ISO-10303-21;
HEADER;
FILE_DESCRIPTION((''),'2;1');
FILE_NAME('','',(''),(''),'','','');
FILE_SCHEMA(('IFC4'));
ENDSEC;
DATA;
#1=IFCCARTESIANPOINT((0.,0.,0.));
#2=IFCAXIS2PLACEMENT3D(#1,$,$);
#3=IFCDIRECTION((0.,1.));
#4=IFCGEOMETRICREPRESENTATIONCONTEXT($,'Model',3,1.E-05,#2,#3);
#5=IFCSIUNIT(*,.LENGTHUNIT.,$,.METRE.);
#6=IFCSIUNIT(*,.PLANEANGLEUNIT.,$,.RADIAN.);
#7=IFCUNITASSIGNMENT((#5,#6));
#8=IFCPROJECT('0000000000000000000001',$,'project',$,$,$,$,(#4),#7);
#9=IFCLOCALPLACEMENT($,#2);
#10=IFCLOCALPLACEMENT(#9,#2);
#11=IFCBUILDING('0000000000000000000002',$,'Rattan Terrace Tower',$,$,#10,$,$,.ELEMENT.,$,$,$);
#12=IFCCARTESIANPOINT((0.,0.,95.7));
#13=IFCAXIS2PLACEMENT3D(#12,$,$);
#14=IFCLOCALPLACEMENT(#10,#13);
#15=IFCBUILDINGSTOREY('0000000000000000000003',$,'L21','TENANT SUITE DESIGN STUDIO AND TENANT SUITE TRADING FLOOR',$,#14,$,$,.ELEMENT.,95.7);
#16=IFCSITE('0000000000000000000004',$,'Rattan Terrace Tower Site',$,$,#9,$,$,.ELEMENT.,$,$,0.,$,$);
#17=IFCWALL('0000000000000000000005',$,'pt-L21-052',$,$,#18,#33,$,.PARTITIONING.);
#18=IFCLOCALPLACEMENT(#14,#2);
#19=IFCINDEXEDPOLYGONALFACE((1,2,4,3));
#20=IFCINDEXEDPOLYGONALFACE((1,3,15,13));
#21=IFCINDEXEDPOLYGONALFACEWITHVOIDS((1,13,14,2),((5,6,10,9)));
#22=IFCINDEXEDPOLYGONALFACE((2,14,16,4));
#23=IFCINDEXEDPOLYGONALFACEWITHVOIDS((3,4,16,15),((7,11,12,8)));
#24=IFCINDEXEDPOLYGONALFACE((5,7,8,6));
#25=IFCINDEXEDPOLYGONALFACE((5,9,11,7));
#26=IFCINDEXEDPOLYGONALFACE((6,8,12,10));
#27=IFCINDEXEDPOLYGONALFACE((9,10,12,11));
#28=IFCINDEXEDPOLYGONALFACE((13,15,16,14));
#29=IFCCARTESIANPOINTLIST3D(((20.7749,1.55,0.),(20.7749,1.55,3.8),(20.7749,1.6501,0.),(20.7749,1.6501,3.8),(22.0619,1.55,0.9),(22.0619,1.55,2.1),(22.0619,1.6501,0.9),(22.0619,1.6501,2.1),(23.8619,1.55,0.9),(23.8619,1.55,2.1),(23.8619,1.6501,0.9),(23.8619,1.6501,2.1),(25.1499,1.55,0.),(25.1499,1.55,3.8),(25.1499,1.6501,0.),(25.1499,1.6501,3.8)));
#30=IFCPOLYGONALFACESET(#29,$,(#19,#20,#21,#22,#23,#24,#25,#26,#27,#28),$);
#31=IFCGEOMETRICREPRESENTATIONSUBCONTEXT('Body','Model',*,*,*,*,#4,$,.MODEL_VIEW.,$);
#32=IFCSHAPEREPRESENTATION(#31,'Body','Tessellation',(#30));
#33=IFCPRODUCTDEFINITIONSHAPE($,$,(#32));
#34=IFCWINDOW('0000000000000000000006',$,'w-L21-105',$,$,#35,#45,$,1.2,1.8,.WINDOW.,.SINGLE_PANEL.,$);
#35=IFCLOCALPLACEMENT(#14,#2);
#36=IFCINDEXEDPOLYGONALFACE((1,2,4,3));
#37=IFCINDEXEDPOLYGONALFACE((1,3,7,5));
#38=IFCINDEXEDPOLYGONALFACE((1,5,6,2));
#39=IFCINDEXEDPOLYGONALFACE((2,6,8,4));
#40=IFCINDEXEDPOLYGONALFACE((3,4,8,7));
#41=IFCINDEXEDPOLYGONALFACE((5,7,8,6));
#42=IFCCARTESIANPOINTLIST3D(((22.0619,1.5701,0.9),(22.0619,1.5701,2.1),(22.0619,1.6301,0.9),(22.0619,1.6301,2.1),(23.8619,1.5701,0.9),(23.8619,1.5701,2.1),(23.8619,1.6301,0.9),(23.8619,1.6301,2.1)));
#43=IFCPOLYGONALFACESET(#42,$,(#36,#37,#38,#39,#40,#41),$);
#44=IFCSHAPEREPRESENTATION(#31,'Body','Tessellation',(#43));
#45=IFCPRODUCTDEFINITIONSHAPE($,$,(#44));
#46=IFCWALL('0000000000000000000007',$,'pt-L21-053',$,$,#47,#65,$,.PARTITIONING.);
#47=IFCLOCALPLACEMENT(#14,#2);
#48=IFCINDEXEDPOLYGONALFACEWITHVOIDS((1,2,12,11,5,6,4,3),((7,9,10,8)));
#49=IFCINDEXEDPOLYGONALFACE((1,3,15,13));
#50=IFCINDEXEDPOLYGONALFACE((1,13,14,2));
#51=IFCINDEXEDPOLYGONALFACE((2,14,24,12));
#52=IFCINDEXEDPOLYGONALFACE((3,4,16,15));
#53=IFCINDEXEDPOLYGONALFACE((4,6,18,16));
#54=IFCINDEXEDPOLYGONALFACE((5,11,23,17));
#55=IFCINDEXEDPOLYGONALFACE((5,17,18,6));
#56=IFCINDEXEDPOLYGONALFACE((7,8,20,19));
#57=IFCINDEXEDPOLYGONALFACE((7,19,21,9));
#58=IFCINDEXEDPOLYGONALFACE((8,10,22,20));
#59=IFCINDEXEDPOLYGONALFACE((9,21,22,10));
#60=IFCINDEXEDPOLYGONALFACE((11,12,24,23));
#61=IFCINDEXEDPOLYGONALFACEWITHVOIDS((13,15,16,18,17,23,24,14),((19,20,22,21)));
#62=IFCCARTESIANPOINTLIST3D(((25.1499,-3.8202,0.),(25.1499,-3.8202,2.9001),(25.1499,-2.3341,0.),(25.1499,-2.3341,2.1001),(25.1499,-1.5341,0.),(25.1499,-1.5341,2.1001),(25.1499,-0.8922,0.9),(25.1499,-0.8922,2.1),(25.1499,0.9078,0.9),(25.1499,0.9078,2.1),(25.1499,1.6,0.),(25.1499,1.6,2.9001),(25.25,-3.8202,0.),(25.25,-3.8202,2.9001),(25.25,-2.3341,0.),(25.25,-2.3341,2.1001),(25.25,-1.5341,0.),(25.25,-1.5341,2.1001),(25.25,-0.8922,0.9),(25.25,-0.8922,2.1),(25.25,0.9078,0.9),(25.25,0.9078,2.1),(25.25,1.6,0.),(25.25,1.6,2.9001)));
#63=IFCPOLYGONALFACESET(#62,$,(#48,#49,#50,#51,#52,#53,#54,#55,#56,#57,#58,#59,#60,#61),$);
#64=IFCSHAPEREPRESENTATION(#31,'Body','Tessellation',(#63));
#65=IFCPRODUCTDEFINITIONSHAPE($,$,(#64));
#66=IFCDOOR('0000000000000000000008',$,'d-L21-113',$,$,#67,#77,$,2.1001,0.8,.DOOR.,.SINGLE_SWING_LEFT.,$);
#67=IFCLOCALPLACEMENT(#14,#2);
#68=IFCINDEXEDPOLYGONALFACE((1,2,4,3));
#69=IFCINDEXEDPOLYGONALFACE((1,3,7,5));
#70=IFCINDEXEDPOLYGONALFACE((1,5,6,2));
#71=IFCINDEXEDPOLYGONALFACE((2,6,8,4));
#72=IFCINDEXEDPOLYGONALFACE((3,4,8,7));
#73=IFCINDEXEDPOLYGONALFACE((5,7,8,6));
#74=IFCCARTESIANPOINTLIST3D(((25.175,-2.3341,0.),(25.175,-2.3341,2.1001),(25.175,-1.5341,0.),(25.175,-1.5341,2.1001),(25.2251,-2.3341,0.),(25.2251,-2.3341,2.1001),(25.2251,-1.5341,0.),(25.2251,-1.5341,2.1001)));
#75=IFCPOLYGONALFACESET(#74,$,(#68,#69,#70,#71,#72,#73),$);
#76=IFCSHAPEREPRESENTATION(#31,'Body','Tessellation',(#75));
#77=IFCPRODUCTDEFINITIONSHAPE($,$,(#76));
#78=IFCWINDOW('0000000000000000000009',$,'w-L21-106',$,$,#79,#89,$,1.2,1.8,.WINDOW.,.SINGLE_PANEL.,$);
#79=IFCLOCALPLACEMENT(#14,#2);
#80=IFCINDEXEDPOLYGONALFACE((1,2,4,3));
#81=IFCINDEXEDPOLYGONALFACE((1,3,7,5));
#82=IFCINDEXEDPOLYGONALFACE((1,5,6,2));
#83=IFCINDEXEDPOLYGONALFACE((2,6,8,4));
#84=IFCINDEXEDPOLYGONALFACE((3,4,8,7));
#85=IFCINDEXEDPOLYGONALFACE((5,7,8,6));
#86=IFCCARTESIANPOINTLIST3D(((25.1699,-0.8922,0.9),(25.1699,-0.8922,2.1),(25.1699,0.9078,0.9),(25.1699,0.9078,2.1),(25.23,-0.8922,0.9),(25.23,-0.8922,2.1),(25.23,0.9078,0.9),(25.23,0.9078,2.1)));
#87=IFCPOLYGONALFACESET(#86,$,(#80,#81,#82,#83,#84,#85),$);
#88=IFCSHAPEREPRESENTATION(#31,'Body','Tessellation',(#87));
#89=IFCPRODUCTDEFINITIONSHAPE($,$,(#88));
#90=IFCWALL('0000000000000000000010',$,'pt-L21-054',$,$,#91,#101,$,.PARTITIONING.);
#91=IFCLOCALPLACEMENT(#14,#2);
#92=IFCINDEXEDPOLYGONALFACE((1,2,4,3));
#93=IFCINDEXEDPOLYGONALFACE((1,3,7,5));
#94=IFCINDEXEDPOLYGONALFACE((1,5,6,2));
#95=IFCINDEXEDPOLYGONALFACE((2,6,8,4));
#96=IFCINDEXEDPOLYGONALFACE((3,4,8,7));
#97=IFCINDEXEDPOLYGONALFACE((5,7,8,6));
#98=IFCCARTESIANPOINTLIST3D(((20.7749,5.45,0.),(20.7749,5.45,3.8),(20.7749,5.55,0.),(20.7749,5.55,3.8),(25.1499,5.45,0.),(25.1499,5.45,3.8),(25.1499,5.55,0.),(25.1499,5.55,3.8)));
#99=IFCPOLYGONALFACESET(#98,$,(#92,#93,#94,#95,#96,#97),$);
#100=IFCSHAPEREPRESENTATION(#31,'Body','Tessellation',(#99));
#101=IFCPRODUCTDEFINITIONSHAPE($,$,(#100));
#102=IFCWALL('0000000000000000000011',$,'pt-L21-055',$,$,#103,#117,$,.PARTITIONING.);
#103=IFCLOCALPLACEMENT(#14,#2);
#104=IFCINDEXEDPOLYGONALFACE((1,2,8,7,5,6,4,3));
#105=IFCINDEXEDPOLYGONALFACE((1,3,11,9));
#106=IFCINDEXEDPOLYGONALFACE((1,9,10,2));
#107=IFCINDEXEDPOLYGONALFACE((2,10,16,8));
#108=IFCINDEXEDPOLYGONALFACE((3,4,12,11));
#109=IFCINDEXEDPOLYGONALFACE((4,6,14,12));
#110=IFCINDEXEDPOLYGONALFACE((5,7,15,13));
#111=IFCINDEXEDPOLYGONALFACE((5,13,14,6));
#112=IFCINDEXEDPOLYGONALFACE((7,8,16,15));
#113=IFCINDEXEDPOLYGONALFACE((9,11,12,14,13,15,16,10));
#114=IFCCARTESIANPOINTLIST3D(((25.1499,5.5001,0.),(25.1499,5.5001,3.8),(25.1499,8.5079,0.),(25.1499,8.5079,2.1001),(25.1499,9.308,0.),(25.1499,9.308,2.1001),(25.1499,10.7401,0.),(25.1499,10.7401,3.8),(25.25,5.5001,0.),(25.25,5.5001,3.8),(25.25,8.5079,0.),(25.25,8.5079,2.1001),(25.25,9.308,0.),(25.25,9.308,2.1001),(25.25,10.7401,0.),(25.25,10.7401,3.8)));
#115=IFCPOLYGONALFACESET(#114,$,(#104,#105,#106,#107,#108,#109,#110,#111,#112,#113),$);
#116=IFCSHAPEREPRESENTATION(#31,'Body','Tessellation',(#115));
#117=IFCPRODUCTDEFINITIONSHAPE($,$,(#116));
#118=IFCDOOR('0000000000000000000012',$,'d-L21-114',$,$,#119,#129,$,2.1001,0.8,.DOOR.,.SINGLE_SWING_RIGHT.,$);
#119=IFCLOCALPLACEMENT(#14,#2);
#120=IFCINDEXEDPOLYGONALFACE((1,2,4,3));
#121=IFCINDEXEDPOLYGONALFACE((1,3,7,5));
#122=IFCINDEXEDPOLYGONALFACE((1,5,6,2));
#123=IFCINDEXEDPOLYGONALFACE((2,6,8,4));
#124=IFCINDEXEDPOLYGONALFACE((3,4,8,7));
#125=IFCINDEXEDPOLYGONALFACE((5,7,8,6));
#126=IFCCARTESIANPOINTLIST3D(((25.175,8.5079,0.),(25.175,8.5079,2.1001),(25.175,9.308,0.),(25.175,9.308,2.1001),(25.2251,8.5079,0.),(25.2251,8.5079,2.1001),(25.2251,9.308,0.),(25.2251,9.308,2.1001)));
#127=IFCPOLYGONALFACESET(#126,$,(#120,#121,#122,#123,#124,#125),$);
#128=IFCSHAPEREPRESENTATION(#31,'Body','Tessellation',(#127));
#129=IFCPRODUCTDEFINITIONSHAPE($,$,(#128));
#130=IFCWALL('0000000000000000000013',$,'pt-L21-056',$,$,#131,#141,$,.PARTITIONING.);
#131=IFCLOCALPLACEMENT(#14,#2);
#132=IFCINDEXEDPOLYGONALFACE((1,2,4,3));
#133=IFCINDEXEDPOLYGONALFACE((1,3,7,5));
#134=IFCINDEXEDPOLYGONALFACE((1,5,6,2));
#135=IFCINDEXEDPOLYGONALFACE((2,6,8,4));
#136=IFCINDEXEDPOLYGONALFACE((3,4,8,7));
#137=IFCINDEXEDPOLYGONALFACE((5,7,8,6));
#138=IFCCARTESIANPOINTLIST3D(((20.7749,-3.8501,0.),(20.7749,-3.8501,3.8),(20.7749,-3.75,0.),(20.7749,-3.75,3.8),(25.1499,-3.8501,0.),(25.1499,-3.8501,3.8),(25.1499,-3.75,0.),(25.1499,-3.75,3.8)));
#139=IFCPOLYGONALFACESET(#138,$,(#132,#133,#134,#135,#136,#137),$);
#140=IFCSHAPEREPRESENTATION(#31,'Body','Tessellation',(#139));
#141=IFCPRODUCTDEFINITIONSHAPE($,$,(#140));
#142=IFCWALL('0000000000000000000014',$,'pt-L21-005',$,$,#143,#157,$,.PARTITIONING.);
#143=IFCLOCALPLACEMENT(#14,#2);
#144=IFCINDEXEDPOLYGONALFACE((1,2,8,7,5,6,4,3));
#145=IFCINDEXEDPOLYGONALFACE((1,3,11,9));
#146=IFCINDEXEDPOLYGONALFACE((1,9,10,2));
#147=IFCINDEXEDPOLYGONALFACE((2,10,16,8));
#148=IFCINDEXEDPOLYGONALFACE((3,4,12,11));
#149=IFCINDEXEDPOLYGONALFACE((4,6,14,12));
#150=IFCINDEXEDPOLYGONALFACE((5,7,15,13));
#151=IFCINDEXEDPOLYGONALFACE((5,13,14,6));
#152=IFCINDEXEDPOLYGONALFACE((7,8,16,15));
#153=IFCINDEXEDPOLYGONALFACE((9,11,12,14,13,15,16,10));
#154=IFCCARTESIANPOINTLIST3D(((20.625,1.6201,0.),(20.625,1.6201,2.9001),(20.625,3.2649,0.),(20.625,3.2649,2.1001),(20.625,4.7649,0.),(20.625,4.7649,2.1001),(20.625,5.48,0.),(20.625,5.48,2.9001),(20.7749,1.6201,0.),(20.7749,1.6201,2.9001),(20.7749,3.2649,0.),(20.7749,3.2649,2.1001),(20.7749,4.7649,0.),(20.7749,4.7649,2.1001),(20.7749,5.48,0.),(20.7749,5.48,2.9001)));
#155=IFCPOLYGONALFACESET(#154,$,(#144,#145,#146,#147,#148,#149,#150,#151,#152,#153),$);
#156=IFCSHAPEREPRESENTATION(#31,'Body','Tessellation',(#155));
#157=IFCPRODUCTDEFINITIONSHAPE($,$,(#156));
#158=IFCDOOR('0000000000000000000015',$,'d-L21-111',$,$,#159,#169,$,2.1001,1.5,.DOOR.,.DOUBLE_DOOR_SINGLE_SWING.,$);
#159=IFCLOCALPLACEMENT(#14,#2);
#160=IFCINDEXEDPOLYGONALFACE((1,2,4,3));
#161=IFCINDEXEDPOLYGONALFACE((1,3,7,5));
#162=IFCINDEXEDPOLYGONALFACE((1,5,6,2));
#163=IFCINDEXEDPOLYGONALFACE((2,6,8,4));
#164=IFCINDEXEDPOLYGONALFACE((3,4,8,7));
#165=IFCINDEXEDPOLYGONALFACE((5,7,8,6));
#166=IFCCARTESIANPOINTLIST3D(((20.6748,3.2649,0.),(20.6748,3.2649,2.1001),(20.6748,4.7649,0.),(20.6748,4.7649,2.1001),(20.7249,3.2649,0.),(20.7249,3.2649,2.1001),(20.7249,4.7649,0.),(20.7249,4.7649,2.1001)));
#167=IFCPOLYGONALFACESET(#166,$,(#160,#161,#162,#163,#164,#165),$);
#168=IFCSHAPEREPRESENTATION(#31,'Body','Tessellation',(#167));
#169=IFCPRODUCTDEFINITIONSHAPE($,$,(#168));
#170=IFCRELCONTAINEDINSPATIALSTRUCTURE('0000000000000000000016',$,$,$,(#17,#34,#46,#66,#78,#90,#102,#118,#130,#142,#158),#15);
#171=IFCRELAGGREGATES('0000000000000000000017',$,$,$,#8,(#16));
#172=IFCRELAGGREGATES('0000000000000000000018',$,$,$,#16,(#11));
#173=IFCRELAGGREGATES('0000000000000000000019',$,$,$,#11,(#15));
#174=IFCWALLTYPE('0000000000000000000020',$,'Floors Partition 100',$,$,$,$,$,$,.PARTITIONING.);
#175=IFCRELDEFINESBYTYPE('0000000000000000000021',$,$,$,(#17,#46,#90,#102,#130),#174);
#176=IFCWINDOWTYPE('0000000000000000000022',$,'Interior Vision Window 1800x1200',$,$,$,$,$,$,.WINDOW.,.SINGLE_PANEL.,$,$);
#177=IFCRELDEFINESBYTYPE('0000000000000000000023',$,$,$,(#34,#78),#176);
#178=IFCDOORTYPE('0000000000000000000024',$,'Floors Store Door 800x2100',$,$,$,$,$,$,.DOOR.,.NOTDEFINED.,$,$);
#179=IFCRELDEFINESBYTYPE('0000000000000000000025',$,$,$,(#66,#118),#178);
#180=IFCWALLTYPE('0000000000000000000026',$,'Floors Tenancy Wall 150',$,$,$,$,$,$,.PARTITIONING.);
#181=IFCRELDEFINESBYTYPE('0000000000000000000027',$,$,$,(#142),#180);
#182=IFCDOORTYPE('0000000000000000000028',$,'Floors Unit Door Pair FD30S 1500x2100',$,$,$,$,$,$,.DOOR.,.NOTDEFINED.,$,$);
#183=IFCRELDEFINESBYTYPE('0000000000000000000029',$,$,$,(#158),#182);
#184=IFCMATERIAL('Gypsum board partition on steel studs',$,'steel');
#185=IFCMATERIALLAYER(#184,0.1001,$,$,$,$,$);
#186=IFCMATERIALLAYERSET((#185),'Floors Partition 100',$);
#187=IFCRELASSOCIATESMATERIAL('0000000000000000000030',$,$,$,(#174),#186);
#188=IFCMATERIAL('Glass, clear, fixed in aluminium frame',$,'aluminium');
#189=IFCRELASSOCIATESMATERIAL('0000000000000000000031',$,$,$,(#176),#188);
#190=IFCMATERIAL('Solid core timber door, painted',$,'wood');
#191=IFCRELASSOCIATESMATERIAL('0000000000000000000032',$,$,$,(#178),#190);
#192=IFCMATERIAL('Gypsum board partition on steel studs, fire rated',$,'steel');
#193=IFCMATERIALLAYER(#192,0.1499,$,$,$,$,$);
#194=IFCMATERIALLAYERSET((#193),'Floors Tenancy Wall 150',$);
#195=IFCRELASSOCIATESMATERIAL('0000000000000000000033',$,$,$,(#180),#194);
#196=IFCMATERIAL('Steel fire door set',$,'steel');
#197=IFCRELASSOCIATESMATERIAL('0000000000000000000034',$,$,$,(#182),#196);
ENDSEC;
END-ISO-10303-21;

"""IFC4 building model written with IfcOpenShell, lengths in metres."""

from ifc_helpers import new_model, si_unit, direction, frame, frame_2d, origin, place, context, subcontext, project, spatial, rectangle, extrude, material, layer, layer_set, type_object, element, fill, save


model = new_model("IFC4")

# Units and contexts
model_context = context("Model", 3, precision=1e-05, world=origin(), true_north=direction((0.0, 1.0)))
body_context = subcontext(model_context, "Body", "Model", "MODEL_VIEW")
ifc_project = project(units=[si_unit("LENGTHUNIT", "METRE"), si_unit("PLANEANGLEUNIT", "RADIAN")], contexts=[model_context])

# Site, building, storey
site_placement = place(None, origin())
site = spatial("IfcSite", under=ifc_project, at=site_placement, Name="Rattan Terrace Tower Site", CompositionType="ELEMENT", RefElevation=0.0)
building_placement = place(site_placement, origin())
building = spatial("IfcBuilding", under=site, at=building_placement, Name="Rattan Terrace Tower", CompositionType="ELEMENT")
storey_placement = place(building_placement, frame((0.0, 0.0, 95.7)))
storey = spatial("IfcBuildingStorey", under=building, at=storey_placement, Name="L21", Description="TENANT SUITE DESIGN STUDIO AND TENANT SUITE TRADING FLOOR", CompositionType="ELEMENT", Elevation=95.7)

# Wall, opening, window
ifc_material_1 = material(Name="Gypsum board partition on steel studs", Category="steel")
ifc_layer_1 = layer(ifc_material_1, 0.1001)
ifc_layer_set_1 = layer_set([ifc_layer_1], Name="Floors Partition 100")
wall_type_1 = type_object("IfcWallType", Name="Floors Partition 100", PredefinedType="PARTITIONING", material=ifc_layer_set_1)
wall_1_placement = place(storey_placement, frame((25.1499, 1.6001, 0.0), z_axis=(0.0, 0.0, 1.0), x_axis=(-1.0, 0.0, 0.0)))
wall_1 = element("IfcWall", 1, at=wall_1_placement, inside=storey, type_object=wall_type_1, Name="pt-L21-052", PredefinedType="PARTITIONING", context=body_context, shape_type="SweptSolid", body=[
    extrude(rectangle(XDim=4.375, YDim=0.1001, at=frame_2d((2.1875, 0.0))), origin(), (0.0, 0.0, 1.0), 3.8),
])
opening_1_placement = place(wall_1_placement, frame((1.2881, 0.0, 0.8999)))
opening_1 = element("IfcOpeningElement", 2, at=opening_1_placement, cuts=wall_1, PredefinedType="OPENING", context=body_context, shape_type="SweptSolid", body=[
    extrude(rectangle(XDim=1.8, YDim=1.2, at=frame_2d((0.8999, 0.6001))), frame((0.0, 0.0605, 0.0), z_axis=(0.0, -1.0, 0.0), x_axis=(1.0, 0.0, 0.0)), (0.0, 0.0, 1.0), 0.1211),
])
ifc_material_2 = material(Name="Glass, clear, fixed in aluminium frame", Category="aluminium")
window_type = type_object("IfcWindowType", Name="Interior Vision Window 1800x1200", PartitioningType="SINGLE_PANEL", PredefinedType="WINDOW", material=ifc_material_2)
window_1_placement = place(opening_1_placement, origin())
window_1 = element("IfcWindow", 3, at=window_1_placement, inside=storey, type_object=window_type, Name="w-L21-105", OverallHeight=1.2, OverallWidth=1.8, PartitioningType="SINGLE_PANEL", PredefinedType="WINDOW", context=body_context, shape_type="SweptSolid", body=[
    extrude(rectangle(XDim=1.8, YDim=1.2, at=frame_2d((0.8999, 0.6001))), frame((0.0, 0.03, 0.0), z_axis=(0.0, -1.0, 0.0), x_axis=(1.0, 0.0, 0.0)), (0.0, 0.0, 1.0), 0.0601),
])
fill(opening_1, window_1)

# Wall, openings, door, window
wall_2_placement = place(storey_placement, frame((25.2, -3.8201, 0.0), z_axis=(0.0, 0.0, 1.0), x_axis=(0.0, 1.0, 0.0)))
wall_2 = element("IfcWall", 4, at=wall_2_placement, inside=storey, type_object=wall_type_1, Name="pt-L21-053", PredefinedType="PARTITIONING", context=body_context, shape_type="SweptSolid", body=[
    extrude(rectangle(XDim=5.4202, YDim=0.1001, at=frame_2d((2.71, 0.0))), origin(), (0.0, 0.0, 1.0), 2.9001),
])
opening_2_placement = place(wall_2_placement, frame((1.4861, 0.0, 0.0)))
opening_2 = element("IfcOpeningElement", 5, at=opening_2_placement, cuts=wall_2, PredefinedType="OPENING", context=body_context, shape_type="SweptSolid", body=[
    extrude(rectangle(XDim=0.8, YDim=2.1001, at=frame_2d((0.3999, 1.05))), frame((0.0, 0.0605, 0.0), z_axis=(0.0, -1.0, 0.0), x_axis=(1.0, 0.0, 0.0)), (0.0, 0.0, 1.0), 0.1211),
])
opening_3_placement = place(wall_2_placement, frame((2.928, 0.0, 0.8999)))
opening_3 = element("IfcOpeningElement", 6, at=opening_3_placement, cuts=wall_2, PredefinedType="OPENING", context=body_context, shape_type="SweptSolid", body=[
    extrude(rectangle(XDim=1.8, YDim=1.2, at=frame_2d((0.8999, 0.6001))), frame((0.0, 0.0605, 0.0), z_axis=(0.0, -1.0, 0.0), x_axis=(1.0, 0.0, 0.0)), (0.0, 0.0, 1.0), 0.1211),
])
ifc_material_3 = material(Name="Solid core timber door, painted", Category="wood")
door_type_1 = type_object("IfcDoorType", Name="Floors Store Door 800x2100", OperationType="NOTDEFINED", PredefinedType="DOOR", material=ifc_material_3)
door_1_placement = place(opening_2_placement, origin())
door_1 = element("IfcDoor", 7, at=door_1_placement, inside=storey, type_object=door_type_1, Name="d-L21-113", OperationType="SINGLE_SWING_LEFT", OverallHeight=2.1001, OverallWidth=0.8, PredefinedType="DOOR", context=body_context, shape_type="SweptSolid", body=[
    extrude(rectangle(XDim=0.8, YDim=2.1001, at=frame_2d((0.3999, 1.05))), frame((0.0, 0.0249, 0.0), z_axis=(0.0, -1.0, 0.0), x_axis=(1.0, 0.0, 0.0)), (0.0, 0.0, 1.0), 0.05),
])
fill(opening_2, door_1)
window_2_placement = place(opening_3_placement, origin())
window_2 = element("IfcWindow", 8, at=window_2_placement, inside=storey, type_object=window_type, Name="w-L21-106", OverallHeight=1.2, OverallWidth=1.8, PartitioningType="SINGLE_PANEL", PredefinedType="WINDOW", context=body_context, shape_type="SweptSolid", body=[
    extrude(rectangle(XDim=1.8, YDim=1.2, at=frame_2d((0.8999, 0.6001))), frame((0.0, 0.03, 0.0), z_axis=(0.0, -1.0, 0.0), x_axis=(1.0, 0.0, 0.0)), (0.0, 0.0, 1.0), 0.0601),
])
fill(opening_3, window_2)

# Wall
wall_3_placement = place(storey_placement, frame((20.7749, 5.5, 0.0), z_axis=(0.0, 0.0, 1.0), x_axis=(1.0, 0.0, 0.0)))
element("IfcWall", 9, at=wall_3_placement, inside=storey, type_object=wall_type_1, Name="pt-L21-054", PredefinedType="PARTITIONING", context=body_context, shape_type="SweptSolid", body=[
    extrude(rectangle(XDim=4.375, YDim=0.1001, at=frame_2d((2.1875, 0.0))), origin(), (0.0, 0.0, 1.0), 3.8),
])

# Wall, opening, door
wall_4_placement = place(storey_placement, frame((25.2, 5.5, 0.0), z_axis=(0.0, 0.0, 1.0), x_axis=(0.0, 1.0, 0.0)))
wall_4 = element("IfcWall", 10, at=wall_4_placement, inside=storey, type_object=wall_type_1, Name="pt-L21-055", PredefinedType="PARTITIONING", context=body_context, shape_type="SweptSolid", body=[
    extrude(rectangle(XDim=5.24, YDim=0.1001, at=frame_2d((2.6201, 0.0))), origin(), (0.0, 0.0, 1.0), 3.8),
])
opening_4_placement = place(wall_4_placement, frame((3.0081, 0.0, 0.0)))
opening_4 = element("IfcOpeningElement", 11, at=opening_4_placement, cuts=wall_4, PredefinedType="OPENING", context=body_context, shape_type="SweptSolid", body=[
    extrude(rectangle(XDim=0.8, YDim=2.1001, at=frame_2d((0.3999, 1.05))), frame((0.0, 0.0605, 0.0), z_axis=(0.0, -1.0, 0.0), x_axis=(1.0, 0.0, 0.0)), (0.0, 0.0, 1.0), 0.1211),
])
door_2_placement = place(opening_4_placement, origin())
door_2 = element("IfcDoor", 12, at=door_2_placement, inside=storey, type_object=door_type_1, Name="d-L21-114", OperationType="SINGLE_SWING_RIGHT", OverallHeight=2.1001, OverallWidth=0.8, PredefinedType="DOOR", context=body_context, shape_type="SweptSolid", body=[
    extrude(rectangle(XDim=0.8, YDim=2.1001, at=frame_2d((0.3999, 1.05))), frame((0.0, 0.0249, 0.0), z_axis=(0.0, -1.0, 0.0), x_axis=(1.0, 0.0, 0.0)), (0.0, 0.0, 1.0), 0.05),
])
fill(opening_4, door_2)

# Wall
wall_5_placement = place(storey_placement, frame((20.7749, -3.8, 0.0), z_axis=(0.0, 0.0, 1.0), x_axis=(1.0, 0.0, 0.0)))
element("IfcWall", 13, at=wall_5_placement, inside=storey, type_object=wall_type_1, Name="pt-L21-056", PredefinedType="PARTITIONING", context=body_context, shape_type="SweptSolid", body=[
    extrude(rectangle(XDim=4.375, YDim=0.1001, at=frame_2d((2.1875, 0.0))), origin(), (0.0, 0.0, 1.0), 3.8),
])

# Wall, opening, door
ifc_material_4 = material(Name="Gypsum board partition on steel studs, fire rated", Category="steel")
ifc_layer_2 = layer(ifc_material_4, 0.1499)
ifc_layer_set_2 = layer_set([ifc_layer_2], Name="Floors Tenancy Wall 150")
wall_type_2 = type_object("IfcWallType", Name="Floors Tenancy Wall 150", PredefinedType="PARTITIONING", material=ifc_layer_set_2)
wall_6_placement = place(storey_placement, frame((20.7, 5.48, 0.0), z_axis=(0.0, 0.0, 1.0), x_axis=(0.0, -1.0, 0.0)))
wall_6 = element("IfcWall", 14, at=wall_6_placement, inside=storey, type_object=wall_type_2, Name="pt-L21-005", PredefinedType="PARTITIONING", context=body_context, shape_type="SweptSolid", body=[
    extrude(rectangle(XDim=3.8599, YDim=0.1499, at=frame_2d((1.9299, 0.0))), origin(), (0.0, 0.0, 1.0), 2.9001),
])
opening_5_placement = place(wall_6_placement, frame((0.7151, 0.0, 0.0)))
opening_5 = element("IfcOpeningElement", 15, at=opening_5_placement, cuts=wall_6, PredefinedType="OPENING", context=body_context, shape_type="SweptSolid", body=[
    extrude(rectangle(XDim=1.5, YDim=2.1001, at=frame_2d((0.75, 1.05))), frame((0.0, 0.0854, 0.0), z_axis=(0.0, -1.0, 0.0), x_axis=(1.0, 0.0, 0.0)), (0.0, 0.0, 1.0), 0.1709),
])
ifc_material_5 = material(Name="Steel fire door set", Category="steel")
door_type_2 = type_object("IfcDoorType", Name="Floors Unit Door Pair FD30S 1500x2100", OperationType="NOTDEFINED", PredefinedType="DOOR", material=ifc_material_5)
door_3_placement = place(opening_5_placement, origin())
door_3 = element("IfcDoor", 16, at=door_3_placement, inside=storey, type_object=door_type_2, Name="d-L21-111", OperationType="DOUBLE_DOOR_SINGLE_SWING", OverallHeight=2.1001, OverallWidth=1.5, PredefinedType="DOOR", context=body_context, shape_type="SweptSolid", body=[
    extrude(rectangle(XDim=1.5, YDim=2.1001, at=frame_2d((0.75, 1.05))), frame((0.0, 0.0249, 0.0), z_axis=(0.0, -1.0, 0.0), x_axis=(1.0, 0.0, 0.0)), (0.0, 0.0, 1.0), 0.05),
])
fill(opening_5, door_3)

save(model, "model.ifc")
